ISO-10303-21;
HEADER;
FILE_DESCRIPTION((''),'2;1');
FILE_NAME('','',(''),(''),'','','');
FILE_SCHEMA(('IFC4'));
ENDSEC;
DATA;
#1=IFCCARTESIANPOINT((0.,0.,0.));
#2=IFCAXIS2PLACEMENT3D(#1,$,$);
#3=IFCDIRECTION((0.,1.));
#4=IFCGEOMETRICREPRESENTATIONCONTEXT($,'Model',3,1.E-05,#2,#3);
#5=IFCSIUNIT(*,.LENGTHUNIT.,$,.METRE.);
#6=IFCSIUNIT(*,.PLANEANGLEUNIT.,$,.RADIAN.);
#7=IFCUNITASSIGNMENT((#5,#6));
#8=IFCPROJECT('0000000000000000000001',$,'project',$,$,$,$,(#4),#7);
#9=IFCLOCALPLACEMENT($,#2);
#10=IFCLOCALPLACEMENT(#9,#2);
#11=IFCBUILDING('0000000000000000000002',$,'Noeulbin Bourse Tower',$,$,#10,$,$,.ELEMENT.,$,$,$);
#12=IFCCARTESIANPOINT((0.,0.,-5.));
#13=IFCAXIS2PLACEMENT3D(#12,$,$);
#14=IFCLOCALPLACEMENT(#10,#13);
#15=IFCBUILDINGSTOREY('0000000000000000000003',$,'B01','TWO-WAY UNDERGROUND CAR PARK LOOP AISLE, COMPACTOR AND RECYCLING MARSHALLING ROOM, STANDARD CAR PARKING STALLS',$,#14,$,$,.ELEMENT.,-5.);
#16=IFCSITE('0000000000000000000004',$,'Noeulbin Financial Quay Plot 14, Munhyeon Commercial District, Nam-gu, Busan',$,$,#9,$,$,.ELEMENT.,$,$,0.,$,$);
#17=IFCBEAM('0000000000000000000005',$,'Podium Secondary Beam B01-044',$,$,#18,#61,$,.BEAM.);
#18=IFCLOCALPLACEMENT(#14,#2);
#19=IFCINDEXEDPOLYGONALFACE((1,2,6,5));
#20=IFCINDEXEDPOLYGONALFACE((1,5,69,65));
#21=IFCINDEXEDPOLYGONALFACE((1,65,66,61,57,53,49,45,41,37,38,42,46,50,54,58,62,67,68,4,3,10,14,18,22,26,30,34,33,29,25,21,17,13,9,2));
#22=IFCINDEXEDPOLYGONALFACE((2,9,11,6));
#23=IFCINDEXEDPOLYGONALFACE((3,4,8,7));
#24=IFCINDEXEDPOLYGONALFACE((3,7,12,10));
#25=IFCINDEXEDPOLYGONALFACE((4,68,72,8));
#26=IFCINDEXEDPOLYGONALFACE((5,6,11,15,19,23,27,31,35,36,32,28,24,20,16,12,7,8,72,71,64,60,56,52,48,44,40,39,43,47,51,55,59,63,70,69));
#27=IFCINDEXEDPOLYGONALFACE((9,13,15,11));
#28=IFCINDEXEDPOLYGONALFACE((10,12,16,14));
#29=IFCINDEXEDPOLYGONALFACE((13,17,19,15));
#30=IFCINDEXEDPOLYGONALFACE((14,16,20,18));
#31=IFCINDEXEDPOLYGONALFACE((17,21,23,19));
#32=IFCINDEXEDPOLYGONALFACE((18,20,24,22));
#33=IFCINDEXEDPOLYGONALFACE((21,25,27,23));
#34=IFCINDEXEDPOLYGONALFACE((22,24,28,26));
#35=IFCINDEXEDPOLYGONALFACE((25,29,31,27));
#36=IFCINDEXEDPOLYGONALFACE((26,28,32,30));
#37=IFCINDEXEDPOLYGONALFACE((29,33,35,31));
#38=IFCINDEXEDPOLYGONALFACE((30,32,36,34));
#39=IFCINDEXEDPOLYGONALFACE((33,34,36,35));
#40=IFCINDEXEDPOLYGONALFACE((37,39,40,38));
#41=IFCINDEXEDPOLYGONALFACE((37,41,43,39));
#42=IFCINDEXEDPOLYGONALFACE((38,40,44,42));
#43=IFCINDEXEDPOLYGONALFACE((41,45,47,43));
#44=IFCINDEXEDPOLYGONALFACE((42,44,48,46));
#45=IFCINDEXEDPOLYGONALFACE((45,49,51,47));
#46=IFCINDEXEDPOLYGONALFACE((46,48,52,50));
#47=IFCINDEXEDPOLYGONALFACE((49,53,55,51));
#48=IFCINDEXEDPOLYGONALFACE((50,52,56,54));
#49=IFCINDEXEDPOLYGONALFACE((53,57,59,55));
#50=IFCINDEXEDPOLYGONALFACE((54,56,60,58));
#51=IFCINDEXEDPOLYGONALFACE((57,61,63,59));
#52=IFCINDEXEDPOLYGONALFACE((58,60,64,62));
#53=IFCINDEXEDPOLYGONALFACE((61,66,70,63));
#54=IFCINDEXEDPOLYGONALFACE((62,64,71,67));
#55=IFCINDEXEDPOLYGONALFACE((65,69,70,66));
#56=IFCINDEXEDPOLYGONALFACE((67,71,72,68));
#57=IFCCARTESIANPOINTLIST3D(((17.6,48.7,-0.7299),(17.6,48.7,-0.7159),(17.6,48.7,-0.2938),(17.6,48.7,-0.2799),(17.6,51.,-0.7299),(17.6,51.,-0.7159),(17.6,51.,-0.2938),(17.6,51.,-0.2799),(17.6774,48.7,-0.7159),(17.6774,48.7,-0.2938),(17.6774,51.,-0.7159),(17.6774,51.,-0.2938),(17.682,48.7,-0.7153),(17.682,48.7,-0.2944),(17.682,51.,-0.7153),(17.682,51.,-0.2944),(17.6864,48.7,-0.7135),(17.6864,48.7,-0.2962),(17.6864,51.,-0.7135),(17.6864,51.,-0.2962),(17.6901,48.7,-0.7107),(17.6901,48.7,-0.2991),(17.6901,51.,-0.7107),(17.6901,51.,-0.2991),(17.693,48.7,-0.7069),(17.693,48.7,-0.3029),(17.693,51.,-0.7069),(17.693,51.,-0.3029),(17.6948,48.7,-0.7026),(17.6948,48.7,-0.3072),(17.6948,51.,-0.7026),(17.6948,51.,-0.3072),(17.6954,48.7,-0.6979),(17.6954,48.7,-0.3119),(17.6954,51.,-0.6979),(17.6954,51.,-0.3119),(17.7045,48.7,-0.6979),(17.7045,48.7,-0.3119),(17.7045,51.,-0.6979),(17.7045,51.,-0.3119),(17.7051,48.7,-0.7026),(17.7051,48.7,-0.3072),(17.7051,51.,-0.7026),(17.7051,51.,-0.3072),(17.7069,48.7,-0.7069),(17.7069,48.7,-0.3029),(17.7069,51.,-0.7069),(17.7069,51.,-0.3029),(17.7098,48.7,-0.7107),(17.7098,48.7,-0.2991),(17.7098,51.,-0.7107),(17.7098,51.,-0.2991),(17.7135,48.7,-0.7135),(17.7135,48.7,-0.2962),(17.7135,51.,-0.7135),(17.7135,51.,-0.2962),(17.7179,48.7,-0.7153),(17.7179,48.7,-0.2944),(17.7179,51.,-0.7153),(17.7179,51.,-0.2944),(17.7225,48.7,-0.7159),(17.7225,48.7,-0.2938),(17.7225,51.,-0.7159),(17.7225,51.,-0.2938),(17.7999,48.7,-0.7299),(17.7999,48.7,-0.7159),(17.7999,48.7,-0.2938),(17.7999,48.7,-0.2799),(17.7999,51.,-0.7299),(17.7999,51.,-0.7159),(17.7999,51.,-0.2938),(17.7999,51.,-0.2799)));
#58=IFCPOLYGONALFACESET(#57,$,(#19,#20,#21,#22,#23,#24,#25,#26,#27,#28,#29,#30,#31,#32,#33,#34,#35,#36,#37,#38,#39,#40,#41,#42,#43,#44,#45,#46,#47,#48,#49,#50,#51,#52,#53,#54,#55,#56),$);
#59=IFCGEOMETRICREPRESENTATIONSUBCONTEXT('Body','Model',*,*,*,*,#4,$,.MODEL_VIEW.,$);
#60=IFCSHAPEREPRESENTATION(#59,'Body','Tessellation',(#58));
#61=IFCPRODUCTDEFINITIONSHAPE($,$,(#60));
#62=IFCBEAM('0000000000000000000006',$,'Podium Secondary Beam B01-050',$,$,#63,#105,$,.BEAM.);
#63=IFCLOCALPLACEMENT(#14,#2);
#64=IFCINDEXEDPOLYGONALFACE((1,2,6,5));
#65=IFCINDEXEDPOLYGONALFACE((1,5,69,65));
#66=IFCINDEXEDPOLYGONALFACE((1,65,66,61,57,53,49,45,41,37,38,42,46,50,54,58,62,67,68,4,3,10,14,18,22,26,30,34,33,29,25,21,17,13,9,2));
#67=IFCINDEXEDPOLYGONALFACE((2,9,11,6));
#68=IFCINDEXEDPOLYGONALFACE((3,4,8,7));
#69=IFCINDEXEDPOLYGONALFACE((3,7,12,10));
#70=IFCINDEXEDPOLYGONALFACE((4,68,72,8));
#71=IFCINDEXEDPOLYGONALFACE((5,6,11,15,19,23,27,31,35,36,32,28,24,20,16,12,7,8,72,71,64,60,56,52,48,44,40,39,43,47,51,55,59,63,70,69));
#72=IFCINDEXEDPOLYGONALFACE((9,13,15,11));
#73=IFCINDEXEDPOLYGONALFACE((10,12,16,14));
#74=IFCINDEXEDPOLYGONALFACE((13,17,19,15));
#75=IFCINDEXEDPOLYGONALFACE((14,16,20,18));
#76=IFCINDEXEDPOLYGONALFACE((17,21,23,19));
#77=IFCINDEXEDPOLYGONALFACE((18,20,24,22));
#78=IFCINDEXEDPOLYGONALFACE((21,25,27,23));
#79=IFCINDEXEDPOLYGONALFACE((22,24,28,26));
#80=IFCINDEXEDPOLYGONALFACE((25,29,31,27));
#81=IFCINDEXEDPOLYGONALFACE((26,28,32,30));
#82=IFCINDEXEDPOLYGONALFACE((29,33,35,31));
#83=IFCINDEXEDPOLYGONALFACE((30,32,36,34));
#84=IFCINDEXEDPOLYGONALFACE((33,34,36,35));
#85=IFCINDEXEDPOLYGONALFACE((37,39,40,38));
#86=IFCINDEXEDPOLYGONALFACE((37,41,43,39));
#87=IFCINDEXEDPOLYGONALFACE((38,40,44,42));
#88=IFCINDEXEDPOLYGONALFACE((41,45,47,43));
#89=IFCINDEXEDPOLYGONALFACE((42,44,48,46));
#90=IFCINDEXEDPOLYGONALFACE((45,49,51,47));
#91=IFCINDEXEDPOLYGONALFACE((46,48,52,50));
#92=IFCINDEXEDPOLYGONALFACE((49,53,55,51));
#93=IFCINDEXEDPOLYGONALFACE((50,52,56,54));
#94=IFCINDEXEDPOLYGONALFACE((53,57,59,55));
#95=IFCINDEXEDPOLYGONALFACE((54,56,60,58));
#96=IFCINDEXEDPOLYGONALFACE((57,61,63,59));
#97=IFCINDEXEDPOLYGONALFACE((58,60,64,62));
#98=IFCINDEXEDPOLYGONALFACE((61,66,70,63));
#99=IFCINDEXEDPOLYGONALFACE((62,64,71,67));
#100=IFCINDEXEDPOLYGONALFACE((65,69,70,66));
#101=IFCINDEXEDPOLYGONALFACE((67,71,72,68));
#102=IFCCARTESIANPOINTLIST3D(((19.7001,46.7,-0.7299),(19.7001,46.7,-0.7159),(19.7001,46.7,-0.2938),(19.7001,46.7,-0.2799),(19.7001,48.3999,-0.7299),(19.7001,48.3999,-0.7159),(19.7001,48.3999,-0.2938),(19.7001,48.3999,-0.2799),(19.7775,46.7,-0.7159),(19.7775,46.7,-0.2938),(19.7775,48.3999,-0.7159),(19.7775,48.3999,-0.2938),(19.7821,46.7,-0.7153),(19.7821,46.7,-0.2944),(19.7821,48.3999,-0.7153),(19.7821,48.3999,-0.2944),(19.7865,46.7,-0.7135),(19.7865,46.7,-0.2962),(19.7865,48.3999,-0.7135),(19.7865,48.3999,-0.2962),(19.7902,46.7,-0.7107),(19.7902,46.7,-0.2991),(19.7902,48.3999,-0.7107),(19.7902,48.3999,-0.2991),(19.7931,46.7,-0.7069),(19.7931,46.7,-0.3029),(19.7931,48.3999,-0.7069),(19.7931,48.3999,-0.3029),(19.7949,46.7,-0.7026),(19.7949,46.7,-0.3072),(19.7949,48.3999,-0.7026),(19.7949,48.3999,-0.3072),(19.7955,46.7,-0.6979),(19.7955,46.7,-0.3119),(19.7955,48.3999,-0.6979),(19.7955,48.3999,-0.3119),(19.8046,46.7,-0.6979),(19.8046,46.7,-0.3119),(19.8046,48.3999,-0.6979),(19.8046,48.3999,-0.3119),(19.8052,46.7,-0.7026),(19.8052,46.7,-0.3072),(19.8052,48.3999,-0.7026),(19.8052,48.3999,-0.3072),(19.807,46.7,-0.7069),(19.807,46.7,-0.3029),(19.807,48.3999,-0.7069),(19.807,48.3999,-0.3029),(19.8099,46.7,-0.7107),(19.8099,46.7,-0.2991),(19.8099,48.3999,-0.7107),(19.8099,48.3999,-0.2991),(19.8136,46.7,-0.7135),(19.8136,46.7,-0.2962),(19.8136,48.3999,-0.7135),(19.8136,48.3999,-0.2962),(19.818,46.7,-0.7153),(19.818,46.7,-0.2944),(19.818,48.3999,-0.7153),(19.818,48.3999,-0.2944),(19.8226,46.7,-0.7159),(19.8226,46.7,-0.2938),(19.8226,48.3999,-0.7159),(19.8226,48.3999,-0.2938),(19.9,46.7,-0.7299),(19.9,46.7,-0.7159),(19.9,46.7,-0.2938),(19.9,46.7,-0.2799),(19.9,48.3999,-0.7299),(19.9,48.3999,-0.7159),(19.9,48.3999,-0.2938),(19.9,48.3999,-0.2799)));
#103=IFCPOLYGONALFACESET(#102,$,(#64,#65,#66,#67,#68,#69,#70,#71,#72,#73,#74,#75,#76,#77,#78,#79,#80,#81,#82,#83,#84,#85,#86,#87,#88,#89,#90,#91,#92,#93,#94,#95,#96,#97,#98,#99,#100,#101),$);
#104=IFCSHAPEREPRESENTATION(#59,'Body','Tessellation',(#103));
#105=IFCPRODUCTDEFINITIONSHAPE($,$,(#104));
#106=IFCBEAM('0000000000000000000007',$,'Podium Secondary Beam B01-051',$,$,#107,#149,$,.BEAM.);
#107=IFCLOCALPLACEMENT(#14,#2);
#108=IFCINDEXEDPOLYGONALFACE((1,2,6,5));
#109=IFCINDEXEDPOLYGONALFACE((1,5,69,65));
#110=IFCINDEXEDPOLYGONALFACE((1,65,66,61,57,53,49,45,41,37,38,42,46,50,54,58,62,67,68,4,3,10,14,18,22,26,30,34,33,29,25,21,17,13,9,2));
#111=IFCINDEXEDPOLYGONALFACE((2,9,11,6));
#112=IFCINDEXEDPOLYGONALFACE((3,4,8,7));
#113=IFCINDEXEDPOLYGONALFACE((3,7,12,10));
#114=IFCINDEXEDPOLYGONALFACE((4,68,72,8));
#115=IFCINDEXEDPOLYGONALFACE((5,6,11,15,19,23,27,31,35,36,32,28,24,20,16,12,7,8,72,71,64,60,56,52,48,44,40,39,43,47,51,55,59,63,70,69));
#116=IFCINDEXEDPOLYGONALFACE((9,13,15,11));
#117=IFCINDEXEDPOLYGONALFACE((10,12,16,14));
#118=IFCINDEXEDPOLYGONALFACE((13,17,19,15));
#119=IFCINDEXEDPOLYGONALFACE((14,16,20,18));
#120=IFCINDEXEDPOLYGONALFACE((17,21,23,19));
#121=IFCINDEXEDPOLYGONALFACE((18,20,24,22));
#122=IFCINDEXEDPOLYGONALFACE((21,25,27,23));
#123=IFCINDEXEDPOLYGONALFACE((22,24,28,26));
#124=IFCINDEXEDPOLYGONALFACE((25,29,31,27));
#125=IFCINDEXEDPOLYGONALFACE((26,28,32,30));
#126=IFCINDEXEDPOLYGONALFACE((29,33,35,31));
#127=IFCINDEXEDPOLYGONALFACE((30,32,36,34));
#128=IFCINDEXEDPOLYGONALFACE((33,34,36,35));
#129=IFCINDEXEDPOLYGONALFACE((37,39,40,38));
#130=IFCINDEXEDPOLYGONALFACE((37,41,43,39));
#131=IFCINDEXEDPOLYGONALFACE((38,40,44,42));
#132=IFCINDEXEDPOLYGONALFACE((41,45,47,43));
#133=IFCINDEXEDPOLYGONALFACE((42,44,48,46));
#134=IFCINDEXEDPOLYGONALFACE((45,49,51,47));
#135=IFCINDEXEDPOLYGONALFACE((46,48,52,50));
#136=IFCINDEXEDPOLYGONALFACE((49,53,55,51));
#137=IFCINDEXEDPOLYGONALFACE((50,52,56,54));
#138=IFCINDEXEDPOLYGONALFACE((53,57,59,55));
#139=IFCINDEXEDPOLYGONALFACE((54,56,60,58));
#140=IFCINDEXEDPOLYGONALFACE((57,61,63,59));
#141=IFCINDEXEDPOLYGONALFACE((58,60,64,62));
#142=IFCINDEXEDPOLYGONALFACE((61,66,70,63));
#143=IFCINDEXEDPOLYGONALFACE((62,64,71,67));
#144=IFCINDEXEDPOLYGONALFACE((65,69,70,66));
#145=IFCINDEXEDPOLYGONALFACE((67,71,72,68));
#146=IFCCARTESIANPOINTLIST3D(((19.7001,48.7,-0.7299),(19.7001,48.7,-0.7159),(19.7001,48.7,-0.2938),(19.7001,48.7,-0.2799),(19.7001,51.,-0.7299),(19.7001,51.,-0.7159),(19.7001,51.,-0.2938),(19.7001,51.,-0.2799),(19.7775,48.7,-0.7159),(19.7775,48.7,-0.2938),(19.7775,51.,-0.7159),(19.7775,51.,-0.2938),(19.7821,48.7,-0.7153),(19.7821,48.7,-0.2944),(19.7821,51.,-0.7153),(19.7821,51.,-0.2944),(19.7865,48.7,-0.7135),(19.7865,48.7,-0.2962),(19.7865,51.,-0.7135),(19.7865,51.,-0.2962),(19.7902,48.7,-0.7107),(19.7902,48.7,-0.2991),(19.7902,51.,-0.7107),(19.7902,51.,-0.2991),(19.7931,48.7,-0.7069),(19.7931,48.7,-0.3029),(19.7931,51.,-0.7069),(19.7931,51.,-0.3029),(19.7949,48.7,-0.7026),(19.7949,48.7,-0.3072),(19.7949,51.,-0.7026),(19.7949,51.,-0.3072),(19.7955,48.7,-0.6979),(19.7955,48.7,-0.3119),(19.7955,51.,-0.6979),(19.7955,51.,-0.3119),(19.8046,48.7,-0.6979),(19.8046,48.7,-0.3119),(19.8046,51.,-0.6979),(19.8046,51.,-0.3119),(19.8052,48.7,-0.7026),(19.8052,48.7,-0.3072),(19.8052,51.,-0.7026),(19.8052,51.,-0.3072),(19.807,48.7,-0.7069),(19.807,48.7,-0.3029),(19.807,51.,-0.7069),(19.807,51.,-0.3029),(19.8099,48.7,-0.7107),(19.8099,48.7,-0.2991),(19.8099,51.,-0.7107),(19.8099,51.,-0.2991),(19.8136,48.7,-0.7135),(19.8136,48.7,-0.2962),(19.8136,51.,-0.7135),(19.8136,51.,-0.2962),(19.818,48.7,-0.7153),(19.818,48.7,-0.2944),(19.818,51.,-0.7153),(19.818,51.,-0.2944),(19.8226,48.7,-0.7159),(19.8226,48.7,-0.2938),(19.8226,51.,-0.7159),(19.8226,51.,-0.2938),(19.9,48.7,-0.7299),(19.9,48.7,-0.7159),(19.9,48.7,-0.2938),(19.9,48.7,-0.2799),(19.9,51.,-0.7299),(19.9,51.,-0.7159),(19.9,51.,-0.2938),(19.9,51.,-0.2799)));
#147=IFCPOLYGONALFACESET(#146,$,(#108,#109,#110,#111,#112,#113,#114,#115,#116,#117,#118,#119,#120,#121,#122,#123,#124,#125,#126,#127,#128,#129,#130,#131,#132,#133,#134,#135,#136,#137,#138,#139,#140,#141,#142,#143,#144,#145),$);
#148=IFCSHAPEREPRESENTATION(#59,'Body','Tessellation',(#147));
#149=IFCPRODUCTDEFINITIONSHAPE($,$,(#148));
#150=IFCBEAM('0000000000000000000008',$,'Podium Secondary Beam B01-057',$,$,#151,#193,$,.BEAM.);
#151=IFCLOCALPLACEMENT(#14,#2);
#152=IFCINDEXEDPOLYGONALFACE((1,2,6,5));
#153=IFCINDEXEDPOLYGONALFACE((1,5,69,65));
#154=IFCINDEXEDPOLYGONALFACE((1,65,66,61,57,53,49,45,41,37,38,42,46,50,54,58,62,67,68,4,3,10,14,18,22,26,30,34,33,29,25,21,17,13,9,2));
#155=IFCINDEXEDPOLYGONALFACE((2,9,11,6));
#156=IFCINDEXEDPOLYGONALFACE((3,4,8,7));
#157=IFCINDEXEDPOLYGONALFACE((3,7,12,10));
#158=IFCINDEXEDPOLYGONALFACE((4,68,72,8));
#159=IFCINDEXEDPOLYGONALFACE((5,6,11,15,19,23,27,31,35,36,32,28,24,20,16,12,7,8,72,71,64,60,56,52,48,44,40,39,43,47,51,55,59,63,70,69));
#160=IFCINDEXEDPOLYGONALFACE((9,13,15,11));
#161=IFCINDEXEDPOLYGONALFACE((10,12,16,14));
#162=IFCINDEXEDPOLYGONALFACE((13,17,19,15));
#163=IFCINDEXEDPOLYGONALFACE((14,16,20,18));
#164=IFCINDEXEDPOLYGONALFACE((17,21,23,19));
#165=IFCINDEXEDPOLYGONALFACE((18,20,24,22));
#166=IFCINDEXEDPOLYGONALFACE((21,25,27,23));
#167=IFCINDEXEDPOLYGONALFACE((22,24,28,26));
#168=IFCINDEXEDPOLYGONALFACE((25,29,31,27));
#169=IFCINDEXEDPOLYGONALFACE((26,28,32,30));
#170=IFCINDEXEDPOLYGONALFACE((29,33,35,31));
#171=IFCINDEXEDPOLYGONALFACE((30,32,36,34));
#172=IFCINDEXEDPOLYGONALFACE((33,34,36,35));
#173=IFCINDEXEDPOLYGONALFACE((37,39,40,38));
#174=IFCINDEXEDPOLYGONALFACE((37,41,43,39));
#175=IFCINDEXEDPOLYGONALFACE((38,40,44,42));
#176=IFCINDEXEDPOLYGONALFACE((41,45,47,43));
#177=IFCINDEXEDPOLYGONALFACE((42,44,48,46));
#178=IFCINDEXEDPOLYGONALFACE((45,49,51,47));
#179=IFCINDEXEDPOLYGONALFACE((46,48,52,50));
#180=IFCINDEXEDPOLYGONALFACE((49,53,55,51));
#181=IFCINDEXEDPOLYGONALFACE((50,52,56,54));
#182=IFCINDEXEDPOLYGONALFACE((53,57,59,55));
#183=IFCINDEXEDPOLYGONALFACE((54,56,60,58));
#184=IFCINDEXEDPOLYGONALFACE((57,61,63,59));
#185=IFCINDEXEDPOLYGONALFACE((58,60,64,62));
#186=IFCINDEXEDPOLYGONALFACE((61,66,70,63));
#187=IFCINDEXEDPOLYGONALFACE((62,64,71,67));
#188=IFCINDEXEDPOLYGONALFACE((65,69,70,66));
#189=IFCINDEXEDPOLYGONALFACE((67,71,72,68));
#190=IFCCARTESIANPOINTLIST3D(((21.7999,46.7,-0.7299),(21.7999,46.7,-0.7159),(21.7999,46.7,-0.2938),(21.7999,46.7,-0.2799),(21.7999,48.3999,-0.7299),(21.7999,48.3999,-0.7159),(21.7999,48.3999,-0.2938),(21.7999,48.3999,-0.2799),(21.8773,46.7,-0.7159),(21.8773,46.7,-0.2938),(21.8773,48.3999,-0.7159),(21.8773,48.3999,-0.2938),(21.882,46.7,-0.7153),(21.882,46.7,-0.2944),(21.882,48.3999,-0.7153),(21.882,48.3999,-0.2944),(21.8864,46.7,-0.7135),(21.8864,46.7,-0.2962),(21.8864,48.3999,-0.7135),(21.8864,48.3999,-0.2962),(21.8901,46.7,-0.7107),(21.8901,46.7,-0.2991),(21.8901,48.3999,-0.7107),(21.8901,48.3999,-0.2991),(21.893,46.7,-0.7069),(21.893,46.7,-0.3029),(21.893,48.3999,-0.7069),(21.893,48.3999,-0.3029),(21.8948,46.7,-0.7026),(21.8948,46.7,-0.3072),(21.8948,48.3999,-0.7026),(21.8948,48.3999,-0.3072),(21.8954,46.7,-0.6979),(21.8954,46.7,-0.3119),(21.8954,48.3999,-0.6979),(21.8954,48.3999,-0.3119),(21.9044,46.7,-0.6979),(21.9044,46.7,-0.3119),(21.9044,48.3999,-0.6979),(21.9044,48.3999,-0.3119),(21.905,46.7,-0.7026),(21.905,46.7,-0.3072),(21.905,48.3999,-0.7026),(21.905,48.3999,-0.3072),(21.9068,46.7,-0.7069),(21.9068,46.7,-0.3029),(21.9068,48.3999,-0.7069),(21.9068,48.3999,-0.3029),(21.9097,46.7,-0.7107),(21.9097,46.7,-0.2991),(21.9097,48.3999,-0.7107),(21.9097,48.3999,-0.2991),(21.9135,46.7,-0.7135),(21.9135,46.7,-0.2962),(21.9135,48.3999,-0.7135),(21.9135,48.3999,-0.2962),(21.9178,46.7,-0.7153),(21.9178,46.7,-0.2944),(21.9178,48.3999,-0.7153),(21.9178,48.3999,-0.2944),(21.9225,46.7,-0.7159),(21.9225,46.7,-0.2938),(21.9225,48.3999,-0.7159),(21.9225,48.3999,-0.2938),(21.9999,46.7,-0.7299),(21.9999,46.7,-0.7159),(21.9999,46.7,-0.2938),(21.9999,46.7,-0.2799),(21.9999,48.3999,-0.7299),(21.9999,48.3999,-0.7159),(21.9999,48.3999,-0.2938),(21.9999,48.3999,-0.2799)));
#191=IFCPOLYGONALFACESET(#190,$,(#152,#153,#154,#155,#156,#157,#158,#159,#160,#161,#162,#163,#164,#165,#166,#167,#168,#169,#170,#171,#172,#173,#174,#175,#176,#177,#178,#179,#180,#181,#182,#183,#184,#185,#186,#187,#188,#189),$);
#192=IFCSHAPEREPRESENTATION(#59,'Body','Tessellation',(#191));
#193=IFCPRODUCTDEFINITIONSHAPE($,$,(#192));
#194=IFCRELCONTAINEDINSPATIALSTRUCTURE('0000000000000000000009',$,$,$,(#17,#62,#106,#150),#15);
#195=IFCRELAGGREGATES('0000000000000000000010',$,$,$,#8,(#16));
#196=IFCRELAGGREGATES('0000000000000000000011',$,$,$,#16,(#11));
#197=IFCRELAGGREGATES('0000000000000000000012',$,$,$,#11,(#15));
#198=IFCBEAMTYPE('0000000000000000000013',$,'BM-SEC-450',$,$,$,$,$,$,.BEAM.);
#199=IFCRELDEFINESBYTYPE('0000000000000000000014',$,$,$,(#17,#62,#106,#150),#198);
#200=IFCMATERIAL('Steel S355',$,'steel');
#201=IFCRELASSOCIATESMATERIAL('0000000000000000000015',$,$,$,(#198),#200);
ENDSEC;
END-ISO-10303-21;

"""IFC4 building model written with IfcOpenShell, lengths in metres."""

from ifc_helpers import new_model, si_unit, direction, frame, origin, origin_2d, place, context, subcontext, project, spatial, i_section, extrude, material, material_profile, profile_set, type_object, element, save


model = new_model("IFC4")

# Units and contexts
model_context = context("Model", 3, precision=1e-05, world=origin(), true_north=direction((0.0, 1.0)))
body_context = subcontext(model_context, "Body", "Model", "MODEL_VIEW")
ifc_project = project(units=[si_unit("LENGTHUNIT", "METRE"), si_unit("PLANEANGLEUNIT", "RADIAN")], contexts=[model_context])

# Site, building, storey
site_placement = place(None, origin())
site = spatial("IfcSite", under=ifc_project, at=site_placement, Name="Noeulbin Financial Quay Plot 14, Munhyeon Commercial District, Nam-gu, Busan", CompositionType="ELEMENT", RefElevation=0.0)
building_placement = place(site_placement, origin())
building = spatial("IfcBuilding", under=site, at=building_placement, Name="Noeulbin Bourse Tower", CompositionType="ELEMENT")
storey_placement = place(building_placement, frame((0.0, 0.0, -5.0)))
storey = spatial("IfcBuildingStorey", under=building, at=storey_placement, Name="B01", Description="TWO-WAY UNDERGROUND CAR PARK LOOP AISLE, COMPACTOR AND RECYCLING MARSHALLING ROOM, STANDARD CAR PARKING STALLS", CompositionType="ELEMENT", Elevation=-5.0)

# Beams
ifc_material_1 = material(Name="Steel S355", Category="steel")
ifc_material_profile_1 = material_profile(ifc_material_1, i_section(OverallWidth=0.2, OverallDepth=0.45, WebThickness=0.009, FlangeThickness=0.0139, FilletRadius=0.0181, at=origin_2d()), Name="H-450x200x9x14", Category="LoadBearing")
ifc_profile_set_1 = profile_set([ifc_material_profile_1], Name="Steel S355")
beam_type_1 = type_object("IfcBeamType", Name="BM-SEC-450", PredefinedType="BEAM", material=ifc_profile_set_1)
beam_1_placement = place(storey_placement, frame((17.7, 48.7, -0.5049), z_axis=(0.0, 1.0, 0.0), x_axis=(-1.0, 0.0, 0.0)))
element("IfcBeam", 1, at=beam_1_placement, inside=storey, type_object=beam_type_1, Name="Podium Secondary Beam B01-044", PredefinedType="BEAM", context=body_context, shape_type="SweptSolid", body=[
    extrude(i_section(OverallWidth=0.2, OverallDepth=0.45, WebThickness=0.009, FlangeThickness=0.0139, FilletRadius=0.0181, at=origin_2d()), origin(), (0.0, 0.0, 1.0), 2.3),
])
beam_2_placement = place(storey_placement, frame((19.8, 46.7, -0.5049), z_axis=(0.0, 1.0, 0.0), x_axis=(-1.0, 0.0, 0.0)))
element("IfcBeam", 2, at=beam_2_placement, inside=storey, type_object=beam_type_1, Name="Podium Secondary Beam B01-050", PredefinedType="BEAM", context=body_context, shape_type="SweptSolid", body=[
    extrude(i_section(OverallWidth=0.2, OverallDepth=0.45, WebThickness=0.009, FlangeThickness=0.0139, FilletRadius=0.0181, at=origin_2d()), origin(), (0.0, 0.0, 1.0), 1.7),
])
beam_3_placement = place(storey_placement, frame((19.8, 48.7, -0.5049), z_axis=(0.0, 1.0, 0.0), x_axis=(-1.0, 0.0, 0.0)))
element("IfcBeam", 3, at=beam_3_placement, inside=storey, type_object=beam_type_1, Name="Podium Secondary Beam B01-051", PredefinedType="BEAM", context=body_context, shape_type="SweptSolid", body=[
    extrude(i_section(OverallWidth=0.2, OverallDepth=0.45, WebThickness=0.009, FlangeThickness=0.0139, FilletRadius=0.0181, at=origin_2d()), origin(), (0.0, 0.0, 1.0), 2.3),
])
beam_4_placement = place(storey_placement, frame((21.8999, 46.7, -0.5049), z_axis=(0.0, 1.0, 0.0), x_axis=(-1.0, 0.0, 0.0)))
element("IfcBeam", 4, at=beam_4_placement, inside=storey, type_object=beam_type_1, Name="Podium Secondary Beam B01-057", PredefinedType="BEAM", context=body_context, shape_type="SweptSolid", body=[
    extrude(i_section(OverallWidth=0.2, OverallDepth=0.45, WebThickness=0.009, FlangeThickness=0.0139, FilletRadius=0.0181, at=origin_2d()), origin(), (0.0, 0.0, 1.0), 1.7),
])

save(model, "model.ifc")
